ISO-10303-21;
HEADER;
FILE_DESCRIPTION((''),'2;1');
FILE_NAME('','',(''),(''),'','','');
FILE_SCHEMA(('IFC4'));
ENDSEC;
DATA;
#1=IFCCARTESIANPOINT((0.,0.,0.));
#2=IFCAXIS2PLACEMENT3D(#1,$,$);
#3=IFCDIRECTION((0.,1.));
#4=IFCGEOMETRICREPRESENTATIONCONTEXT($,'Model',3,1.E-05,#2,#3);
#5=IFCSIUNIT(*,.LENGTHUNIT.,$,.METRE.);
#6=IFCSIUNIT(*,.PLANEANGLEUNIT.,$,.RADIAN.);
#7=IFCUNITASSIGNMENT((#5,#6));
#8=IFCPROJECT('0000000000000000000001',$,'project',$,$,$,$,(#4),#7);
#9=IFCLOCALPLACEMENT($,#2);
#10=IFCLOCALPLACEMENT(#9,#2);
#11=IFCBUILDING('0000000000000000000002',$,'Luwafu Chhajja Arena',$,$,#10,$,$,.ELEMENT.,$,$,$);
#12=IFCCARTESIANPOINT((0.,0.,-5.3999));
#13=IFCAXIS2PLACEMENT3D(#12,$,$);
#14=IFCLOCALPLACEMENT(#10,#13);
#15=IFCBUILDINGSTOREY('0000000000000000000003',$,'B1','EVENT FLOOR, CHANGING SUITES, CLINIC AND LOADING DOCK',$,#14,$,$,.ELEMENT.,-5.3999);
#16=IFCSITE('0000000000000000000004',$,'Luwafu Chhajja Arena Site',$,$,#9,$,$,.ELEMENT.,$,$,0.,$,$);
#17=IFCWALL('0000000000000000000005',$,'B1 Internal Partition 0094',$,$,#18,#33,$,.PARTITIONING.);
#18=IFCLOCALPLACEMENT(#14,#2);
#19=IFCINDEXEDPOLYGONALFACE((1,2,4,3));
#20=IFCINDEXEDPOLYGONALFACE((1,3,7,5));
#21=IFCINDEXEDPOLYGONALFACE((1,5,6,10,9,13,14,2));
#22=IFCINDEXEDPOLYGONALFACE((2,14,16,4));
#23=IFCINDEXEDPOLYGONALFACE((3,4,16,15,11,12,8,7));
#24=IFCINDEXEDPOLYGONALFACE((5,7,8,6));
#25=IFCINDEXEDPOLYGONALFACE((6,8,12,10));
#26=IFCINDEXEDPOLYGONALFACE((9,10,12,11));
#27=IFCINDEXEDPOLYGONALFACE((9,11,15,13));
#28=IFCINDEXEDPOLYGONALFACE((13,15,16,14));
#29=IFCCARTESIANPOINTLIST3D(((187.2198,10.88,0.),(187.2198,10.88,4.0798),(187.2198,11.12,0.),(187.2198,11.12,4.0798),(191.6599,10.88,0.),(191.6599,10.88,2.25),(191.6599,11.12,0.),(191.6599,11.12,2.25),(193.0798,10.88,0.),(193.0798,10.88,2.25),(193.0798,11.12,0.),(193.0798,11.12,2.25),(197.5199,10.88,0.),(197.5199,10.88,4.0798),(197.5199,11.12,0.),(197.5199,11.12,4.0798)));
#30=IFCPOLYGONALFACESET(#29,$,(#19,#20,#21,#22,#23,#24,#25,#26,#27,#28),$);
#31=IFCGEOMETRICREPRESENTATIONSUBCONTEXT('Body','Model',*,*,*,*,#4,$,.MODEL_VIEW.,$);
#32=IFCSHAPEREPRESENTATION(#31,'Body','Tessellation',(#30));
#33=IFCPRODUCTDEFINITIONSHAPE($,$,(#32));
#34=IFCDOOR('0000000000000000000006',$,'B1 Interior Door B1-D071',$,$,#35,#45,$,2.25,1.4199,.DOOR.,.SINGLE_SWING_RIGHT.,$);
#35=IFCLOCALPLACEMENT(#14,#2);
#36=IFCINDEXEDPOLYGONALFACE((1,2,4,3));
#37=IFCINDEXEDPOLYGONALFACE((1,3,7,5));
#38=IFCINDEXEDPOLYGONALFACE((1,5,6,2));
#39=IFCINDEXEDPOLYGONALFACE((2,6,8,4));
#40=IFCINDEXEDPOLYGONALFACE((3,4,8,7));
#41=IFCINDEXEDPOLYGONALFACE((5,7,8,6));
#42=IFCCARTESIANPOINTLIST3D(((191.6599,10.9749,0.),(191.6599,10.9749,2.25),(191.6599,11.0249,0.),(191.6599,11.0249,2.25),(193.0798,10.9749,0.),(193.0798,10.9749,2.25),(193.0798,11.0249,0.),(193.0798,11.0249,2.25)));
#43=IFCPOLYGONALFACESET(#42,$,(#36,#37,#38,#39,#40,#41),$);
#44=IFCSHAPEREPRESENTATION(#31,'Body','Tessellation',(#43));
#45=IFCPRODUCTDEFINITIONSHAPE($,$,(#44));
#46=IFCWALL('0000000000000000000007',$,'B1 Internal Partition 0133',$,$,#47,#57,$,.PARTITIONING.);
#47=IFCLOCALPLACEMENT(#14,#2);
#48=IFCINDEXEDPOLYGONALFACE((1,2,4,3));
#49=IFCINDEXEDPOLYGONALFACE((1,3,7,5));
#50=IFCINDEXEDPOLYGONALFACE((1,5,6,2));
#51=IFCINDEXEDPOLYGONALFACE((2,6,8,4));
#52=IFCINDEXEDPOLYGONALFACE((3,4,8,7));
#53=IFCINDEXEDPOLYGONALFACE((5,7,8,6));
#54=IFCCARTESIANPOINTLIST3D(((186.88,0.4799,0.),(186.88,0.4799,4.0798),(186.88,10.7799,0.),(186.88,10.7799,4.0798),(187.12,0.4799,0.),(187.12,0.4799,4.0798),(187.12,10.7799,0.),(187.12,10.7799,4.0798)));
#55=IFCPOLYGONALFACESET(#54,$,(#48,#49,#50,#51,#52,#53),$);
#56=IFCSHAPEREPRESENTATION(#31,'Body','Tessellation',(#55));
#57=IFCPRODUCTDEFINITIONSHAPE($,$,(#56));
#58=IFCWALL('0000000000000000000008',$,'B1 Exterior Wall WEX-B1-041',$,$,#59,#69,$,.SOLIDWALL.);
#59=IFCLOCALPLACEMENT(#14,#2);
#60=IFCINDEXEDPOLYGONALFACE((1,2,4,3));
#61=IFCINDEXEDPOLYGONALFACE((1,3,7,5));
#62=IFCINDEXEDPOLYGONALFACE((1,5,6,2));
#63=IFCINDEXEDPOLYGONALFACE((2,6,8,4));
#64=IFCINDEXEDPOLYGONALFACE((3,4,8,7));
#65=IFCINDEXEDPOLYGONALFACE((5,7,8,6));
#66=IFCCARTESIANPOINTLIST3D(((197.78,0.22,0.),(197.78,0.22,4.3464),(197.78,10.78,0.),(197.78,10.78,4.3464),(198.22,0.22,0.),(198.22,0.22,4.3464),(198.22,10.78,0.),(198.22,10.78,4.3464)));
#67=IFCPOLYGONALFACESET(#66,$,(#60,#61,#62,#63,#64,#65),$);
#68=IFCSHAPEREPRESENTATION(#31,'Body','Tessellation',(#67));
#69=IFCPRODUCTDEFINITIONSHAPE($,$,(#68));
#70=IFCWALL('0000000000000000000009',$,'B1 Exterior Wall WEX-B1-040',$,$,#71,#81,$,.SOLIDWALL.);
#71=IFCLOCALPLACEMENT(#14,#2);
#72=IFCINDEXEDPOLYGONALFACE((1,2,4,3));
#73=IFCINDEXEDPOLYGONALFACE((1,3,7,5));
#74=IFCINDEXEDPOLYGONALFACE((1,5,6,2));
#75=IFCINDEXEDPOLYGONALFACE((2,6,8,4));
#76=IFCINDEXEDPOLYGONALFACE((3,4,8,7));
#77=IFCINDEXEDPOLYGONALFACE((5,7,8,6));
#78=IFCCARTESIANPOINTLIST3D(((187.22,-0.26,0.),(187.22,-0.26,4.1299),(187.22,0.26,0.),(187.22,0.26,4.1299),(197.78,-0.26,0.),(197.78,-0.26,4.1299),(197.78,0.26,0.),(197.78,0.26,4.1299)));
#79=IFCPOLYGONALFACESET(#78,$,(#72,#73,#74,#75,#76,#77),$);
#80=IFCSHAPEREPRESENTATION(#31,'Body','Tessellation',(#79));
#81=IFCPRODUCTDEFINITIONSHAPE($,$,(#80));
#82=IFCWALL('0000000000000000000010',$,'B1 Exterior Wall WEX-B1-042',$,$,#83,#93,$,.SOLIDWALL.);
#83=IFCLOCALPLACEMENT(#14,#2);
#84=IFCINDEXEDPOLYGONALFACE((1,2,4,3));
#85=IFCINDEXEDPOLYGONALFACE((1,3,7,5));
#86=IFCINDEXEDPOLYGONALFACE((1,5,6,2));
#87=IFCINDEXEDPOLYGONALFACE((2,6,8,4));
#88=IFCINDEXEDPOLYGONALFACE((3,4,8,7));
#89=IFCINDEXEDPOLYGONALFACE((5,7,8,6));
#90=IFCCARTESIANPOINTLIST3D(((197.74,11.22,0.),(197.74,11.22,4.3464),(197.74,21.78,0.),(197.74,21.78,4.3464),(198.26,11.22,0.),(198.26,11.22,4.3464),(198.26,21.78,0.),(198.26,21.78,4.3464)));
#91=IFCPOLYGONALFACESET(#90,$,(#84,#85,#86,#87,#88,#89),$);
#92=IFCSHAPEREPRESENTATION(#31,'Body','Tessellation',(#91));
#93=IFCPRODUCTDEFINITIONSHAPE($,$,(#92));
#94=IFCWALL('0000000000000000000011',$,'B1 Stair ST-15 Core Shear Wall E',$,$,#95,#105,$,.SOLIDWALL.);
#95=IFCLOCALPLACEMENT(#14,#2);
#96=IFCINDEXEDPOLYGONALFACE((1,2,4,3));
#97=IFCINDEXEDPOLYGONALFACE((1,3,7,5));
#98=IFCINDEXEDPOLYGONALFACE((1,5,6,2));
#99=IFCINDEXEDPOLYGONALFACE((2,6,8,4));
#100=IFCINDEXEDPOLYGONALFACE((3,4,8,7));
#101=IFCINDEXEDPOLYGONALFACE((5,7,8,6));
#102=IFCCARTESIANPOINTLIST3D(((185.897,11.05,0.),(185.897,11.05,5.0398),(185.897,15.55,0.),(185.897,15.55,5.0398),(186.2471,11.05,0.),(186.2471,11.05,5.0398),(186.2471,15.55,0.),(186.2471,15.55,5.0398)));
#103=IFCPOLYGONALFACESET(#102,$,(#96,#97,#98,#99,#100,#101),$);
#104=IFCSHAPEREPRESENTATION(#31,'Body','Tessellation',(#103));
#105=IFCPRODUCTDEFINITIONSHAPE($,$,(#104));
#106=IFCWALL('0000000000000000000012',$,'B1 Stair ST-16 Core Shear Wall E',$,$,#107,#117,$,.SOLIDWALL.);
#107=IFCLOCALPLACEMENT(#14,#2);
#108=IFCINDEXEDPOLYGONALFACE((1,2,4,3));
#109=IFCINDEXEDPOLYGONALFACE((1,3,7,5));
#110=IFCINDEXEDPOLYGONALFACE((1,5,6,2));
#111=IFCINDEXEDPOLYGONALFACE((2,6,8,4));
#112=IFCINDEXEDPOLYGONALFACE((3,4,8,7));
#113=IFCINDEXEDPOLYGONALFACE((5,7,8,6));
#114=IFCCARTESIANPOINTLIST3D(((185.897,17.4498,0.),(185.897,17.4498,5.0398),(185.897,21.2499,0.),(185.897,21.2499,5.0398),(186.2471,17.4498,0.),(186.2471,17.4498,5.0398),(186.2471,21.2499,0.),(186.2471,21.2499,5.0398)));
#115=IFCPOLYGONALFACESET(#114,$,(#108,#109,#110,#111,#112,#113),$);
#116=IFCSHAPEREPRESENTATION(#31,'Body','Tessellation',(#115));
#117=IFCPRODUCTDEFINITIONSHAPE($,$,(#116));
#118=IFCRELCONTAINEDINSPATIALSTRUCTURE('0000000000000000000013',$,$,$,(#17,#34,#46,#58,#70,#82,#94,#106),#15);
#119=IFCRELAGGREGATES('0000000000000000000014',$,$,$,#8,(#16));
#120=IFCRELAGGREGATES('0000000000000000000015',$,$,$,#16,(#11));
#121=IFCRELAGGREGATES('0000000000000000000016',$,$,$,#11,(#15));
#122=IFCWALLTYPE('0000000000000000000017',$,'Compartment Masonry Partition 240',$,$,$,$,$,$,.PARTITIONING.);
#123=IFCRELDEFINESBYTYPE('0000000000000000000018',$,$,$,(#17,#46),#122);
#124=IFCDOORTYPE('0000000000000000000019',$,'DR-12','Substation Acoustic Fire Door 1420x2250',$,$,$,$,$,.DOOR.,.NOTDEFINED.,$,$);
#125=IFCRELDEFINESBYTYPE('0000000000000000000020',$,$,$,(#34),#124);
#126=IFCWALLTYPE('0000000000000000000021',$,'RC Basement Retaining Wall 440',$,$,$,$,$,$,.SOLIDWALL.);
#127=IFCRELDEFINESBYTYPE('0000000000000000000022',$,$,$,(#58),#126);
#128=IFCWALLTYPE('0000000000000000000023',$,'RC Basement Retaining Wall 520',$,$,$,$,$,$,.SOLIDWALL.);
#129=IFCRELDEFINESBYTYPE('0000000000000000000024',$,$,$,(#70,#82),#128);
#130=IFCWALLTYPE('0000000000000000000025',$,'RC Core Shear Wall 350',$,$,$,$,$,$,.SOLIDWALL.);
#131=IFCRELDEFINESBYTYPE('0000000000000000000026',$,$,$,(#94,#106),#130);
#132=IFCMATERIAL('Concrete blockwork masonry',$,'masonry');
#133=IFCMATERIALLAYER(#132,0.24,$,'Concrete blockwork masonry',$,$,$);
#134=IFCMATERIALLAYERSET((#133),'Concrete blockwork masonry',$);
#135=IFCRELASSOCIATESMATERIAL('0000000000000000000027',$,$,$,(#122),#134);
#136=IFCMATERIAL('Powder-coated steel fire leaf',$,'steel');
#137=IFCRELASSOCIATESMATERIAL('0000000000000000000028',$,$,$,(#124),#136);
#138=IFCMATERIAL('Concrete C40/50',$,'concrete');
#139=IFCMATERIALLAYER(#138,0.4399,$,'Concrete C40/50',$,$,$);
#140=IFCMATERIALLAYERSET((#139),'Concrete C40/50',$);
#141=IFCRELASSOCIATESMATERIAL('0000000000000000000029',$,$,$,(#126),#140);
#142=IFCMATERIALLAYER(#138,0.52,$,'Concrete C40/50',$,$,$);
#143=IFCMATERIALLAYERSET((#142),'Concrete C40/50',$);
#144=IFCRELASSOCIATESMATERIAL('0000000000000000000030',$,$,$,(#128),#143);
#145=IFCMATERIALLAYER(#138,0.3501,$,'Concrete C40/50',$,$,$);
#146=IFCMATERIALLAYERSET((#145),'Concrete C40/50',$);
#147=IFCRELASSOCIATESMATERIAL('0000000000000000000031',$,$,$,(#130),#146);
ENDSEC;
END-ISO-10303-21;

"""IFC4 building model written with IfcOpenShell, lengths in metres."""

from ifc_helpers import new_model, si_unit, direction, frame, frame_2d, origin, place, context, subcontext, project, spatial, rectangle, extrude, material, layer, layer_set, type_object, element, fill, save


model = new_model("IFC4")

# Units and contexts
model_context = context("Model", 3, precision=1e-05, world=origin(), true_north=direction((0.0, 1.0)))
body_context = subcontext(model_context, "Body", "Model", "MODEL_VIEW")
ifc_project = project(units=[si_unit("LENGTHUNIT", "METRE"), si_unit("PLANEANGLEUNIT", "RADIAN")], contexts=[model_context])

# Site, building, storey
site_placement = place(None, origin())
site = spatial("IfcSite", under=ifc_project, at=site_placement, Name="Luwafu Chhajja Arena Site", CompositionType="ELEMENT", RefElevation=0.0)
building_placement = place(site_placement, origin())
building = spatial("IfcBuilding", under=site, at=building_placement, Name="Luwafu Chhajja Arena", CompositionType="ELEMENT")
storey_placement = place(building_placement, frame((0.0, 0.0, -5.3999)))
storey = spatial("IfcBuildingStorey", under=building, at=storey_placement, Name="B1", Description="EVENT FLOOR, CHANGING SUITES, CLINIC AND LOADING DOCK", CompositionType="ELEMENT", Elevation=-5.3999)

# Shared definitions
ifc_material_1 = material(Name="Concrete C40/50", Category="concrete")

# Wall, opening, door
ifc_material_2 = material(Name="Concrete blockwork masonry", Category="masonry")
ifc_layer_1 = layer(ifc_material_2, 0.24, Name="Concrete blockwork masonry")
ifc_layer_set_1 = layer_set([ifc_layer_1], Name="Concrete blockwork masonry")
wall_type_1 = type_object("IfcWallType", Name="Compartment Masonry Partition 240", PredefinedType="PARTITIONING", material=ifc_layer_set_1)
wall_1_placement = place(storey_placement, frame((187.22, 11.0, 0.0), z_axis=(0.0, 0.0, 1.0), x_axis=(1.0, 0.0, 0.0)))
wall_1 = element("IfcWall", 1, at=wall_1_placement, inside=storey, type_object=wall_type_1, Name="B1 Internal Partition 0094", PredefinedType="PARTITIONING", context=body_context, shape_type="SweptSolid", body=[
    extrude(rectangle(XDim=10.3, YDim=0.24, at=frame_2d((5.1499, 0.0))), origin(), (0.0, 0.0, 1.0), 4.0798),
])
opening_placement = place(wall_1_placement, frame((4.4399, 0.0, 0.0)))
opening = element("IfcOpeningElement", 2, at=opening_placement, cuts=wall_1, PredefinedType="OPENING", context=body_context, shape_type="SweptSolid", body=[
    extrude(rectangle(XDim=1.4199, YDim=2.25, at=frame_2d((0.71, 1.125))), frame((0.0, 0.1299, 0.0), z_axis=(0.0, -1.0, 0.0), x_axis=(1.0, 0.0, 0.0)), (0.0, 0.0, 1.0), 0.26),
])
ifc_material_3 = material(Name="Powder-coated steel fire leaf", Category="steel")
door_type = type_object("IfcDoorType", Name="DR-12", Description="Substation Acoustic Fire Door 1420x2250", OperationType="NOTDEFINED", PredefinedType="DOOR", material=ifc_material_3)
door_placement = place(opening_placement, origin())
door = element("IfcDoor", 3, at=door_placement, inside=storey, type_object=door_type, Name="B1 Interior Door B1-D071", OperationType="SINGLE_SWING_RIGHT", OverallHeight=2.25, OverallWidth=1.4199, PredefinedType="DOOR", context=body_context, shape_type="SweptSolid", body=[
    extrude(rectangle(XDim=1.4199, YDim=2.25, at=frame_2d((0.71, 1.125))), frame((0.0, 0.0249, 0.0), z_axis=(0.0, -1.0, 0.0), x_axis=(1.0, 0.0, 0.0)), (0.0, 0.0, 1.0), 0.05),
])
fill(opening, door)

# Walls
wall_2_placement = place(storey_placement, frame((187.0, 0.48, 0.0), z_axis=(0.0, 0.0, 1.0), x_axis=(0.0, 1.0, 0.0)))
element("IfcWall", 4, at=wall_2_placement, inside=storey, type_object=wall_type_1, Name="B1 Internal Partition 0133", PredefinedType="PARTITIONING", context=body_context, shape_type="SweptSolid", body=[
    extrude(rectangle(XDim=10.3, YDim=0.24, at=frame_2d((5.1499, 0.0))), origin(), (0.0, 0.0, 1.0), 4.0798),
])
ifc_layer_2 = layer(ifc_material_1, 0.4399, Name="Concrete C40/50")
ifc_layer_set_2 = layer_set([ifc_layer_2], Name="Concrete C40/50")
wall_type_2 = type_object("IfcWallType", Name="RC Basement Retaining Wall 440", PredefinedType="SOLIDWALL", material=ifc_layer_set_2)
wall_3_placement = place(storey_placement, frame((198.0, 0.22, 0.0), z_axis=(0.0, 0.0, 1.0), x_axis=(0.0, 1.0, 0.0)))
element("IfcWall", 5, at=wall_3_placement, inside=storey, type_object=wall_type_2, Name="B1 Exterior Wall WEX-B1-041", PredefinedType="SOLIDWALL", context=body_context, shape_type="SweptSolid", body=[
    extrude(rectangle(XDim=10.5601, YDim=0.4399, at=frame_2d((5.28, 0.0))), origin(), (0.0, 0.0, 1.0), 4.3464),
])
ifc_layer_3 = layer(ifc_material_1, 0.52, Name="Concrete C40/50")
ifc_layer_set_3 = layer_set([ifc_layer_3], Name="Concrete C40/50")
wall_type_3 = type_object("IfcWallType", Name="RC Basement Retaining Wall 520", PredefinedType="SOLIDWALL", material=ifc_layer_set_3)
wall_4_placement = place(storey_placement, frame((187.22, 0.0, 0.0), z_axis=(0.0, 0.0, 1.0), x_axis=(1.0, 0.0, 0.0)))
element("IfcWall", 6, at=wall_4_placement, inside=storey, type_object=wall_type_3, Name="B1 Exterior Wall WEX-B1-040", PredefinedType="SOLIDWALL", context=body_context, shape_type="SweptSolid", body=[
    extrude(rectangle(XDim=10.5601, YDim=0.52, at=frame_2d((5.28, 0.0))), origin(), (0.0, 0.0, 1.0), 4.1299),
])
wall_5_placement = place(storey_placement, frame((198.0, 11.22, 0.0), z_axis=(0.0, 0.0, 1.0), x_axis=(0.0, 1.0, 0.0)))
element("IfcWall", 7, at=wall_5_placement, inside=storey, type_object=wall_type_3, Name="B1 Exterior Wall WEX-B1-042", PredefinedType="SOLIDWALL", context=body_context, shape_type="SweptSolid", body=[
    extrude(rectangle(XDim=10.5601, YDim=0.52, at=frame_2d((5.28, 0.0))), origin(), (0.0, 0.0, 1.0), 4.3464),
])
ifc_layer_4 = layer(ifc_material_1, 0.3501, Name="Concrete C40/50")
ifc_layer_set_4 = layer_set([ifc_layer_4], Name="Concrete C40/50")
wall_type_4 = type_object("IfcWallType", Name="RC Core Shear Wall 350", PredefinedType="SOLIDWALL", material=ifc_layer_set_4)
wall_6_placement = place(storey_placement, frame((186.072, 11.05, 0.0), z_axis=(0.0, 0.0, 1.0), x_axis=(0.0, 1.0, 0.0)))
element("IfcWall", 8, at=wall_6_placement, inside=storey, type_object=wall_type_4, Name="B1 Stair ST-15 Core Shear Wall E", PredefinedType="SOLIDWALL", context=body_context, shape_type="SweptSolid", body=[
    extrude(rectangle(XDim=4.5, YDim=0.3501, at=frame_2d((2.25, 0.0))), origin(), (0.0, 0.0, 1.0), 5.0398),
])
wall_7_placement = place(storey_placement, frame((186.072, 17.45, 0.0), z_axis=(0.0, 0.0, 1.0), x_axis=(0.0, 1.0, 0.0)))
element("IfcWall", 9, at=wall_7_placement, inside=storey, type_object=wall_type_4, Name="B1 Stair ST-16 Core Shear Wall E", PredefinedType="SOLIDWALL", context=body_context, shape_type="SweptSolid", body=[
    extrude(rectangle(XDim=3.8, YDim=0.3501, at=frame_2d((1.8999, 0.0))), origin(), (0.0, 0.0, 1.0), 5.0398),
])

save(model, "model.ifc")
